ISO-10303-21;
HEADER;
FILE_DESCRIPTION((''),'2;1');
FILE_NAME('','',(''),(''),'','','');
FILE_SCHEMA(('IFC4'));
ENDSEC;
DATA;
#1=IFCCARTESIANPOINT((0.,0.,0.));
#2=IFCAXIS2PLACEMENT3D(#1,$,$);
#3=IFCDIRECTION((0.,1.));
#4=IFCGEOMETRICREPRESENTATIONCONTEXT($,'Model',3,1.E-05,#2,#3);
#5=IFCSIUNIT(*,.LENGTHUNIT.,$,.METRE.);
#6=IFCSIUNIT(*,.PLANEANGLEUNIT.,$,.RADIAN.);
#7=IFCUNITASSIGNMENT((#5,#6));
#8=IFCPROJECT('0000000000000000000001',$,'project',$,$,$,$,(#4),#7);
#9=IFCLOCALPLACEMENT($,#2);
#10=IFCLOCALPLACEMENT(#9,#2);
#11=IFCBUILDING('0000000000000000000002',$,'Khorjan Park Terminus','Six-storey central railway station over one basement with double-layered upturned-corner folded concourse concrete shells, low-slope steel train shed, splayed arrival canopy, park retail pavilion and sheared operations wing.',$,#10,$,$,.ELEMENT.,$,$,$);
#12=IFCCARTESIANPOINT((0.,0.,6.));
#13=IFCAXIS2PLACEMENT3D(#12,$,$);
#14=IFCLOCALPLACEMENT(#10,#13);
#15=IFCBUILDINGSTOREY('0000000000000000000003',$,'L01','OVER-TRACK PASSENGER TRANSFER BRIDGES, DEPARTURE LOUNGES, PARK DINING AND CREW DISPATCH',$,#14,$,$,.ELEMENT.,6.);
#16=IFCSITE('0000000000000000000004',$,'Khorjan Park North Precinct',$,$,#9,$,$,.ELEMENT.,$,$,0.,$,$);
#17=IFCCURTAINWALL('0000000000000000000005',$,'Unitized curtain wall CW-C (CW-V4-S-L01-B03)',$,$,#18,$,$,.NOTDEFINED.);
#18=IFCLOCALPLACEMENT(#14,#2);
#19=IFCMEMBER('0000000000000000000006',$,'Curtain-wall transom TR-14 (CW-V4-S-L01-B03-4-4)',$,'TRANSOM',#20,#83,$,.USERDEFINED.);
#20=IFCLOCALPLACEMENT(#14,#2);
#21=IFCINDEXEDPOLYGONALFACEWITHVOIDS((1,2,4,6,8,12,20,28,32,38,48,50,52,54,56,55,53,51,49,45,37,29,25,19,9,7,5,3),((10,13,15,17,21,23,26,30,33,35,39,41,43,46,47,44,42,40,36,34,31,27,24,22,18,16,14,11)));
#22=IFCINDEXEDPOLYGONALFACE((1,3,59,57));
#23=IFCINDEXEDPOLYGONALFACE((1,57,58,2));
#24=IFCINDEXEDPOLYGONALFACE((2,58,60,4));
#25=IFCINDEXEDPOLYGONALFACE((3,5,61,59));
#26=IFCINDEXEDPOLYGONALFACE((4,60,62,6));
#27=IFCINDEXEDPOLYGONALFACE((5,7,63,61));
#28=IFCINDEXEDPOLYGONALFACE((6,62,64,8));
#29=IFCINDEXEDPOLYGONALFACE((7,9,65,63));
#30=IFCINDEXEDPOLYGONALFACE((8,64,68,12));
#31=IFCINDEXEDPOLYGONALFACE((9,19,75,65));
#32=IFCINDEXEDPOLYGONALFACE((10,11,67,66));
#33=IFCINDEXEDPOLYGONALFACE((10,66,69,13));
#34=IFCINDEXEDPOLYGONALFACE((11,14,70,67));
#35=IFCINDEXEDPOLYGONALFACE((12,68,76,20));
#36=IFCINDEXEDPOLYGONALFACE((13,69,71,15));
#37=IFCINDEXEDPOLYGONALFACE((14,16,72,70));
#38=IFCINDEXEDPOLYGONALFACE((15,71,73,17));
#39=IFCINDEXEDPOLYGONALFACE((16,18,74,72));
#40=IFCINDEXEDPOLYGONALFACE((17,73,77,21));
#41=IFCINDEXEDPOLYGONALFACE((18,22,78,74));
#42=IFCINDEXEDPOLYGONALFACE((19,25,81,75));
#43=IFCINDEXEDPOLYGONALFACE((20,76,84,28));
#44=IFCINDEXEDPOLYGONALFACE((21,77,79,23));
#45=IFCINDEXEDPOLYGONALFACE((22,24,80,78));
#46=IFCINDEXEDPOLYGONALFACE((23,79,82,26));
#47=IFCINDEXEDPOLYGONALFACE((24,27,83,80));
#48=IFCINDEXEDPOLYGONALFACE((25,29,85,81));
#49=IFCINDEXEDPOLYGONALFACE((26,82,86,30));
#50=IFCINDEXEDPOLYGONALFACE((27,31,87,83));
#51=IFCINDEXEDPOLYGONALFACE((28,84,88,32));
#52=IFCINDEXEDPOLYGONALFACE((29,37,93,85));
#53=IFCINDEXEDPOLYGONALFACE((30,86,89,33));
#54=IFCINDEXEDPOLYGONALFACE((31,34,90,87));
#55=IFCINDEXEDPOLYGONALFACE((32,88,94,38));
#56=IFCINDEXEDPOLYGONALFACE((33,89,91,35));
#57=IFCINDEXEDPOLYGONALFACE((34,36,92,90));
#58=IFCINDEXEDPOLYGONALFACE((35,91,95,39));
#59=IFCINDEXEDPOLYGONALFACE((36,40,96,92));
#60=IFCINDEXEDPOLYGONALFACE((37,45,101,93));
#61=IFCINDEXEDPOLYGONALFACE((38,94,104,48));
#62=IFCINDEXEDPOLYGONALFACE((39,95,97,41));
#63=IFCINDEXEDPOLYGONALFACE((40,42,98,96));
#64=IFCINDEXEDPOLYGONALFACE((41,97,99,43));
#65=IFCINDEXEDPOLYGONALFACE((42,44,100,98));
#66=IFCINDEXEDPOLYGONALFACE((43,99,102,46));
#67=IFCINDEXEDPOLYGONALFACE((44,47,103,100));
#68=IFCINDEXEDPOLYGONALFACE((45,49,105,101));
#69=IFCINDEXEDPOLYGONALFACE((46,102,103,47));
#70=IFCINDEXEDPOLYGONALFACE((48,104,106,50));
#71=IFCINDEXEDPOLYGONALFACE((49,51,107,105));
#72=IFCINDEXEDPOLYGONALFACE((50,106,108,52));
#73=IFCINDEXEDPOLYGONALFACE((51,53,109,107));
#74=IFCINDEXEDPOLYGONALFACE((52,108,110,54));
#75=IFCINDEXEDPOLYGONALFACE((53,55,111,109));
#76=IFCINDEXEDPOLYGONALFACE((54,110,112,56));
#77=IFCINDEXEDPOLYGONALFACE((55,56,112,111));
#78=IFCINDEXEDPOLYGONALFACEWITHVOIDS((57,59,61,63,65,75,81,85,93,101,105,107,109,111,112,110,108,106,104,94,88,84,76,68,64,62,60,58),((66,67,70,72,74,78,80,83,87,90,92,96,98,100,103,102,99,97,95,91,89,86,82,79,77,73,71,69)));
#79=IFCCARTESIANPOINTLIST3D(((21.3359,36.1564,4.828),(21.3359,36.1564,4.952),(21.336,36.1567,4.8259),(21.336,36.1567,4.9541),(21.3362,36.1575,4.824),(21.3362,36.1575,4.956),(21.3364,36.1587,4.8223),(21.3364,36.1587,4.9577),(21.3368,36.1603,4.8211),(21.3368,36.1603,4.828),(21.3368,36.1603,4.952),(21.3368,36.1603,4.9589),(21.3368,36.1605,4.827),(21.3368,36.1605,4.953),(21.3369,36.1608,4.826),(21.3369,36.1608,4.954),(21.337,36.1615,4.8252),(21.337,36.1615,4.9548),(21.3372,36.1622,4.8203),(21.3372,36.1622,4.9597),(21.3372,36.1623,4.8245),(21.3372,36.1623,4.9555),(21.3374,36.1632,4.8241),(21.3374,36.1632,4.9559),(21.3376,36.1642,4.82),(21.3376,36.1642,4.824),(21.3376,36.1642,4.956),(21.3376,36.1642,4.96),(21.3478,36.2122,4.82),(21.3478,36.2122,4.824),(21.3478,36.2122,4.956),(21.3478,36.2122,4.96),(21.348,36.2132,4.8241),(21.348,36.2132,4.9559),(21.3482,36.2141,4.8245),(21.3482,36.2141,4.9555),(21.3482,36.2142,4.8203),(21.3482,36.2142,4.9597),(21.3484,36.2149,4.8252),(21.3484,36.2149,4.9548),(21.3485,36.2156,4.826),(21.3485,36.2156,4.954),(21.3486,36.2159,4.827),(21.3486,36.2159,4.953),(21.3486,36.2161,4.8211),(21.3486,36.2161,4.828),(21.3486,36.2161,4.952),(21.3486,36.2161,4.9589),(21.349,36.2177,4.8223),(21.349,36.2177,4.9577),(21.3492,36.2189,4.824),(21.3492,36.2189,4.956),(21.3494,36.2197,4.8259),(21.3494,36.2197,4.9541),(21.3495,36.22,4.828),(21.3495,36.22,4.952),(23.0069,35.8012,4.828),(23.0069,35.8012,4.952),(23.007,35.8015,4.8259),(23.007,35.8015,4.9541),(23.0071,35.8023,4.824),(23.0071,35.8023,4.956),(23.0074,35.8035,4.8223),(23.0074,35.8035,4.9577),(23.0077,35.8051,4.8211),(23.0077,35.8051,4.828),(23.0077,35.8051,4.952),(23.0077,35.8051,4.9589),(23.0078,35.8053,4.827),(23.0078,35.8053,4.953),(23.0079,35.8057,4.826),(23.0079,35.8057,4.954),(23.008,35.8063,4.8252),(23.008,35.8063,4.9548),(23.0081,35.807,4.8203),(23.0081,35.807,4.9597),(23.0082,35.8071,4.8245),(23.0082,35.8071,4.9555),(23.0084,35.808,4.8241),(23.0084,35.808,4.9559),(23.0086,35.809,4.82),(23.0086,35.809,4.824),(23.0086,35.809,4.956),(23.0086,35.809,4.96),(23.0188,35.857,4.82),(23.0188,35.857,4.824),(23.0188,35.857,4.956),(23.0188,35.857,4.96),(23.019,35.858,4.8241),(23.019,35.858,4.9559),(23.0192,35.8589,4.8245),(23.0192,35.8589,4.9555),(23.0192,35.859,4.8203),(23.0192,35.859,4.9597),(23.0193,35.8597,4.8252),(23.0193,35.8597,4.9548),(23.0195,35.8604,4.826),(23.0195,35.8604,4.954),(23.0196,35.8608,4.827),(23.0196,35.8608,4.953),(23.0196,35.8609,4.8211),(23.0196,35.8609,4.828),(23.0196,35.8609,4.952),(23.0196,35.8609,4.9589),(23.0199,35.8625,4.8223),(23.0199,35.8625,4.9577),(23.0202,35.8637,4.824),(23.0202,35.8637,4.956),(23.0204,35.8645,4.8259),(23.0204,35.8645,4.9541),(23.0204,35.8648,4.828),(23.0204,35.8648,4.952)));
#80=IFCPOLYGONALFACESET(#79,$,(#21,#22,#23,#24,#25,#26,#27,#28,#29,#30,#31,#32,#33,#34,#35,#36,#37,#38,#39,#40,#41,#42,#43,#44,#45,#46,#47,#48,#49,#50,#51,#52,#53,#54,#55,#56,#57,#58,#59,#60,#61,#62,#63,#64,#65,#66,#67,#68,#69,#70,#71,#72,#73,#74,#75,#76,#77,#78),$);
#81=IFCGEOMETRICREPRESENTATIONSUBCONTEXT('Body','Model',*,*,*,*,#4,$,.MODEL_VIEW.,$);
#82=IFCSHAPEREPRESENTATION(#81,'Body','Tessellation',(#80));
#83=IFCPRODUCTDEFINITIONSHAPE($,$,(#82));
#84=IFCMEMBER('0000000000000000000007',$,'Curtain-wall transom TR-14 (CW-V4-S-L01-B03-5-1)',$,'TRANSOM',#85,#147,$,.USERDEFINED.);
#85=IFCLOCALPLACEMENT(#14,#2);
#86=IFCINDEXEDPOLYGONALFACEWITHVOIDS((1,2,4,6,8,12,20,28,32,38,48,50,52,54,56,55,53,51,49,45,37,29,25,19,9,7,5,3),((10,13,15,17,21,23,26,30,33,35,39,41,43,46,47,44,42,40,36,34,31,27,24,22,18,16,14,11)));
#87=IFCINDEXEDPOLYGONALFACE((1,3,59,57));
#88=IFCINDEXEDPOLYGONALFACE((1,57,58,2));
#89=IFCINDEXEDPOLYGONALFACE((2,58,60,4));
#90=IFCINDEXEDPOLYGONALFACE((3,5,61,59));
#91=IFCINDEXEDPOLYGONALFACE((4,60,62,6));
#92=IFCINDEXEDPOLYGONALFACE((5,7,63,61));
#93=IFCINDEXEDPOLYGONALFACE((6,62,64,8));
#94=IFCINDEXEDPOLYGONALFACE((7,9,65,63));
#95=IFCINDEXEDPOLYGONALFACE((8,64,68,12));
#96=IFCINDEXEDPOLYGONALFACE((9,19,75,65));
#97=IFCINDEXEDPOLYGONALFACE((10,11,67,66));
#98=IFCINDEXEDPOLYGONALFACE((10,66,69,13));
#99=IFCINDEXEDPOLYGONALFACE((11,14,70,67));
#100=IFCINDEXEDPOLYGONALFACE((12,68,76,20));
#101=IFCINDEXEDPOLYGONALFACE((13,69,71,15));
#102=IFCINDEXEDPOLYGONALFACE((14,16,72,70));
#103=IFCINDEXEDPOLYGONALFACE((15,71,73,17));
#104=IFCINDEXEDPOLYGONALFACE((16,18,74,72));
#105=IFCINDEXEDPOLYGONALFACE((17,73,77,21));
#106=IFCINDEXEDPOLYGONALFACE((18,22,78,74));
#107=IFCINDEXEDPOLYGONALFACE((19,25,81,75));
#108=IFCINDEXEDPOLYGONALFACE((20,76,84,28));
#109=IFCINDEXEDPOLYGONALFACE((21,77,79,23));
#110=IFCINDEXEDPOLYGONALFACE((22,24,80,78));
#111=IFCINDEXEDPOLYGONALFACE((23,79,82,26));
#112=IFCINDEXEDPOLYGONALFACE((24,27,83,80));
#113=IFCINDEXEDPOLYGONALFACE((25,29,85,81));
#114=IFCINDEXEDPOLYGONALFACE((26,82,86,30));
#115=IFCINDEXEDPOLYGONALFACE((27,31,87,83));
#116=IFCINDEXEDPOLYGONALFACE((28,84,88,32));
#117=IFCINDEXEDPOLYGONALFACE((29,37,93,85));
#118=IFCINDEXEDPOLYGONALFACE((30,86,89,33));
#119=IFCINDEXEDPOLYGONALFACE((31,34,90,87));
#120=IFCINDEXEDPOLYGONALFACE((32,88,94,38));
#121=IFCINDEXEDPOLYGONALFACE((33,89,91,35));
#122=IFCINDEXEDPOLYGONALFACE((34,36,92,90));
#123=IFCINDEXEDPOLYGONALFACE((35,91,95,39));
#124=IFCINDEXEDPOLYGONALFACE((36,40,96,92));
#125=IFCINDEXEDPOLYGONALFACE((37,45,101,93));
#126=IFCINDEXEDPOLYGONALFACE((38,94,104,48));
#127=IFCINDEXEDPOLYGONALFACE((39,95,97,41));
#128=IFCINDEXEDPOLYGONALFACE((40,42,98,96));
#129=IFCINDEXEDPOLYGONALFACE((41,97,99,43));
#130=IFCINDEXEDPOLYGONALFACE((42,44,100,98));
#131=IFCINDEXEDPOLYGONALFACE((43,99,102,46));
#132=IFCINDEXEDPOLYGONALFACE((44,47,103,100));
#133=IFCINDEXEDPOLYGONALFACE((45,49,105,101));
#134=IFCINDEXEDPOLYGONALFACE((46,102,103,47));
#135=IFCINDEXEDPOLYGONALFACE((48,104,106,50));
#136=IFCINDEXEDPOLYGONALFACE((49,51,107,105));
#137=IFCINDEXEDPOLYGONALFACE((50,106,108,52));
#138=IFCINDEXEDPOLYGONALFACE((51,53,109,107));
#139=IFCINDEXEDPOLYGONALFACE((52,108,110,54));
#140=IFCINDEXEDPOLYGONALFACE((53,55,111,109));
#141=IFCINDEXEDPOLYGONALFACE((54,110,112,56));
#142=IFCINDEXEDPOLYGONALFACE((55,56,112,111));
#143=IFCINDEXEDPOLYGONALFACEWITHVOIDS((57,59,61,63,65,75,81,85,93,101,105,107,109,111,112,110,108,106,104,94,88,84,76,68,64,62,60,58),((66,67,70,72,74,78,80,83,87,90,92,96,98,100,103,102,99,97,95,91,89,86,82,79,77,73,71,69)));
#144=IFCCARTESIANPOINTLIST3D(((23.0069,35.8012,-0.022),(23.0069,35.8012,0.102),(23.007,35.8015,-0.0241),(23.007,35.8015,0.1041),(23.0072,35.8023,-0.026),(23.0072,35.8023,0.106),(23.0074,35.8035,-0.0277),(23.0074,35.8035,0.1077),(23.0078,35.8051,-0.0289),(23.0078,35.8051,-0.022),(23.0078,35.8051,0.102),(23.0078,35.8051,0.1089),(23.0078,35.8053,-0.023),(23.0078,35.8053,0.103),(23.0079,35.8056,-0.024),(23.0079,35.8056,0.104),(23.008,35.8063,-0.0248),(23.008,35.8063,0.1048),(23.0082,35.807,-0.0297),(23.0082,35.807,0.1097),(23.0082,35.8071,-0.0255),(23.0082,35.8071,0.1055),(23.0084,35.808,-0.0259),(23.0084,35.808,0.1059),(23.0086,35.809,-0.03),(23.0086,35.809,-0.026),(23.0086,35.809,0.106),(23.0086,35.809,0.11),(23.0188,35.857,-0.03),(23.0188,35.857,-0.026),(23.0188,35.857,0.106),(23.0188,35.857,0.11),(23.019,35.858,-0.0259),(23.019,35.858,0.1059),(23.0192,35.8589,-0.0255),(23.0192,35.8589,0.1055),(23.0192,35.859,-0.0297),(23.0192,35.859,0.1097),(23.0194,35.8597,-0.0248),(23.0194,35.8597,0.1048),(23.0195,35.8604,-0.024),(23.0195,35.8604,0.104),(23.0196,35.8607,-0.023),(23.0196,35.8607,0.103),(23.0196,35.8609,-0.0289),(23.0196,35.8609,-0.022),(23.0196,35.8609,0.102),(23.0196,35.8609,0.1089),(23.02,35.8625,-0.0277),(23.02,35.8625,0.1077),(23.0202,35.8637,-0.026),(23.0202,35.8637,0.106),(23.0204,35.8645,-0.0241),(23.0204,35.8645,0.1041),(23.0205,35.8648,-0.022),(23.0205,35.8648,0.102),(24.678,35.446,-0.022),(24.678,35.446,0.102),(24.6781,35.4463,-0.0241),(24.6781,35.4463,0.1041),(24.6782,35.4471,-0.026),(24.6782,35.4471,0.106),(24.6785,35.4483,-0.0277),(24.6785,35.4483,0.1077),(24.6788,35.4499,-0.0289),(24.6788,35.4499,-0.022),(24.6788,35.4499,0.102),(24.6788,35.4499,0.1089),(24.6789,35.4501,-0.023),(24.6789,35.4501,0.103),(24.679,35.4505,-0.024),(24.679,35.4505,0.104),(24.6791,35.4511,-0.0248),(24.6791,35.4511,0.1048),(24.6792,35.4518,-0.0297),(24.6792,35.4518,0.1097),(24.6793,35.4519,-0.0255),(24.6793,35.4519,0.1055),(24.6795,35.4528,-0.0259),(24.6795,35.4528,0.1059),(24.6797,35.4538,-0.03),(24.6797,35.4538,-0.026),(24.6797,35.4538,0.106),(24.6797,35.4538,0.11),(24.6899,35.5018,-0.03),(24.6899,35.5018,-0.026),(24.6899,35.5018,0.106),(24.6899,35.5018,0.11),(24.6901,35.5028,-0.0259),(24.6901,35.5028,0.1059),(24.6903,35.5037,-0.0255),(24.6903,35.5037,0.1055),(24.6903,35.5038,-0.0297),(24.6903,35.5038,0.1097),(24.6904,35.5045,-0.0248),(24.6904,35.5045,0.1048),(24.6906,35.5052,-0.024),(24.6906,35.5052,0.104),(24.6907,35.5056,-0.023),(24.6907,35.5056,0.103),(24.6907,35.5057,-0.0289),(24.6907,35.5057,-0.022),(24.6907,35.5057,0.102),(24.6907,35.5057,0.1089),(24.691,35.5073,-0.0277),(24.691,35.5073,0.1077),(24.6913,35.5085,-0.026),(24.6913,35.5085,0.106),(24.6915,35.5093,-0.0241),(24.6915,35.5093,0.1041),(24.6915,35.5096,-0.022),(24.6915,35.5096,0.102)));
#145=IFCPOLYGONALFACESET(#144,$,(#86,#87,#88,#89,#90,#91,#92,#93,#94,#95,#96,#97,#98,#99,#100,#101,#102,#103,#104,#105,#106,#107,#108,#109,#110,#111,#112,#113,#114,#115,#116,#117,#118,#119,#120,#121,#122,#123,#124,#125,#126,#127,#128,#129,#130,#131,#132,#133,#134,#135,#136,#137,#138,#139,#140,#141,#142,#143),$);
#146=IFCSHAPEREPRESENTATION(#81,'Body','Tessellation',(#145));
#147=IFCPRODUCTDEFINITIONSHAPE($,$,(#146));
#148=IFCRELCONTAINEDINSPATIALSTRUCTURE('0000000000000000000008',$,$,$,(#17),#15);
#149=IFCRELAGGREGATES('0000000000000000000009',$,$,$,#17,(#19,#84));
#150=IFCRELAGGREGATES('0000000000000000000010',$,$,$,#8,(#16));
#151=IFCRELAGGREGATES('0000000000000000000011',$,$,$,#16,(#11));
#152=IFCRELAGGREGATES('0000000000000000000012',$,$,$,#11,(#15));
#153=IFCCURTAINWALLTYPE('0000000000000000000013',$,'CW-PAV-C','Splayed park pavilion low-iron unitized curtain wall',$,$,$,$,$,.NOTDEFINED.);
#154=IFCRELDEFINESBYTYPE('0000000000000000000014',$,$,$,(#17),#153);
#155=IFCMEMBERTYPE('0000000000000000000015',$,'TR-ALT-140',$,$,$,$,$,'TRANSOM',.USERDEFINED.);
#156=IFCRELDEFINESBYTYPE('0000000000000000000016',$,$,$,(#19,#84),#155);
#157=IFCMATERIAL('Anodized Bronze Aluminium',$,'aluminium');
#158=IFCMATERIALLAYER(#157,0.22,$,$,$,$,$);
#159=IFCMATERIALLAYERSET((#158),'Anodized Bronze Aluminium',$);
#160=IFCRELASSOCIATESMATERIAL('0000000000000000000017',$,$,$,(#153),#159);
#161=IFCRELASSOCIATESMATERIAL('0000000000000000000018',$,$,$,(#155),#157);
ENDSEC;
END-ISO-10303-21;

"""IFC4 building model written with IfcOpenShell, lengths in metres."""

from ifc_helpers import new_model, si_unit, direction, frame, origin, origin_2d, place, context, subcontext, project, spatial, hollow_rectangle, extrude, material, layer, layer_set, material_profile, profile_set, type_object, element, aggregate, save


model = new_model("IFC4")

# Units and contexts
model_context = context("Model", 3, precision=1e-05, world=origin(), true_north=direction((0.0, 1.0)))
body_context = subcontext(model_context, "Body", "Model", "MODEL_VIEW")
ifc_project = project(units=[si_unit("LENGTHUNIT", "METRE"), si_unit("PLANEANGLEUNIT", "RADIAN")], contexts=[model_context])

# Site, building, storey
site_placement = place(None, origin())
site = spatial("IfcSite", under=ifc_project, at=site_placement, Name="Khorjan Park North Precinct", CompositionType="ELEMENT", RefElevation=0.0)
building_placement = place(site_placement, origin())
building = spatial("IfcBuilding", under=site, at=building_placement, Name="Khorjan Park Terminus", Description="Six-storey central railway station over one basement with double-layered upturned-corner folded concourse concrete shells, low-slope steel train shed, splayed arrival canopy, park retail pavilion and sheared operations wing.", CompositionType="ELEMENT")
storey_placement = place(building_placement, frame((0.0, 0.0, 6.0)))
storey = spatial("IfcBuildingStorey", under=building, at=storey_placement, Name="L01", Description="OVER-TRACK PASSENGER TRANSFER BRIDGES, DEPARTURE LOUNGES, PARK DINING AND CREW DISPATCH", CompositionType="ELEMENT", Elevation=6.0)

# Curtain wall, members
ifc_material_1 = material(Name="Anodized Bronze Aluminium", Category="aluminium")
ifc_layer_1 = layer(ifc_material_1, 0.22)
ifc_layer_set_1 = layer_set([ifc_layer_1], Name="Anodized Bronze Aluminium")
curtain_wall_type = type_object("IfcCurtainWallType", Name="CW-PAV-C", Description="Splayed park pavilion low-iron unitized curtain wall", PredefinedType="NOTDEFINED", material=ifc_layer_set_1)
curtain_wall_1_placement = place(storey_placement, origin())
curtain_wall_1 = element("IfcCurtainWall", 1, at=curtain_wall_1_placement, inside=storey, type_object=curtain_wall_type, Name="Unitized curtain wall CW-C (CW-V4-S-L01-B03)", PredefinedType="NOTDEFINED")
ifc_material_profile_1 = material_profile(ifc_material_1, hollow_rectangle(XDim=0.065, YDim=0.14, WallThickness=0.004, InnerFilletRadius=0.004, OuterFilletRadius=0.008, at=origin_2d()), Name="ALT 65x140x4")
ifc_profile_set_1 = profile_set([ifc_material_profile_1], Name="Anodized Bronze Aluminium")
member_type_1 = type_object("IfcMemberType", Name="TR-ALT-140", ElementType="TRANSOM", PredefinedType="USERDEFINED", material=ifc_profile_set_1)
member_1_placement = place(storey_placement, frame((21.3427, 36.1882, 4.89), z_axis=(0.978145, -0.207922, 0.0), x_axis=(0.207922, 0.978145, 0.0)))
member_1 = element("IfcMember", 2, at=member_1_placement, type_object=member_type_1, Name="Curtain-wall transom TR-14 (CW-V4-S-L01-B03-4-4)", ObjectType="TRANSOM", PredefinedType="USERDEFINED", context=body_context, shape_type="SweptSolid", body=[
    extrude(hollow_rectangle(XDim=0.065, YDim=0.14, WallThickness=0.004, InnerFilletRadius=0.004, OuterFilletRadius=0.008, at=origin_2d()), origin(), (0.0, 0.0, 1.0), 1.7083),
])
member_2_placement = place(storey_placement, frame((23.0137, 35.833, 0.04), z_axis=(0.978148, -0.20791, 0.0), x_axis=(0.20791, 0.978148, 0.0)))
member_2 = element("IfcMember", 3, at=member_2_placement, type_object=member_type_1, Name="Curtain-wall transom TR-14 (CW-V4-S-L01-B03-5-1)", ObjectType="TRANSOM", PredefinedType="USERDEFINED", context=body_context, shape_type="SweptSolid", body=[
    extrude(hollow_rectangle(XDim=0.065, YDim=0.14, WallThickness=0.004, InnerFilletRadius=0.004, OuterFilletRadius=0.008, at=origin_2d()), origin(), (0.0, 0.0, 1.0), 1.7084),
])

aggregate(curtain_wall_1, [member_1, member_2])

save(model, "model.ifc")
